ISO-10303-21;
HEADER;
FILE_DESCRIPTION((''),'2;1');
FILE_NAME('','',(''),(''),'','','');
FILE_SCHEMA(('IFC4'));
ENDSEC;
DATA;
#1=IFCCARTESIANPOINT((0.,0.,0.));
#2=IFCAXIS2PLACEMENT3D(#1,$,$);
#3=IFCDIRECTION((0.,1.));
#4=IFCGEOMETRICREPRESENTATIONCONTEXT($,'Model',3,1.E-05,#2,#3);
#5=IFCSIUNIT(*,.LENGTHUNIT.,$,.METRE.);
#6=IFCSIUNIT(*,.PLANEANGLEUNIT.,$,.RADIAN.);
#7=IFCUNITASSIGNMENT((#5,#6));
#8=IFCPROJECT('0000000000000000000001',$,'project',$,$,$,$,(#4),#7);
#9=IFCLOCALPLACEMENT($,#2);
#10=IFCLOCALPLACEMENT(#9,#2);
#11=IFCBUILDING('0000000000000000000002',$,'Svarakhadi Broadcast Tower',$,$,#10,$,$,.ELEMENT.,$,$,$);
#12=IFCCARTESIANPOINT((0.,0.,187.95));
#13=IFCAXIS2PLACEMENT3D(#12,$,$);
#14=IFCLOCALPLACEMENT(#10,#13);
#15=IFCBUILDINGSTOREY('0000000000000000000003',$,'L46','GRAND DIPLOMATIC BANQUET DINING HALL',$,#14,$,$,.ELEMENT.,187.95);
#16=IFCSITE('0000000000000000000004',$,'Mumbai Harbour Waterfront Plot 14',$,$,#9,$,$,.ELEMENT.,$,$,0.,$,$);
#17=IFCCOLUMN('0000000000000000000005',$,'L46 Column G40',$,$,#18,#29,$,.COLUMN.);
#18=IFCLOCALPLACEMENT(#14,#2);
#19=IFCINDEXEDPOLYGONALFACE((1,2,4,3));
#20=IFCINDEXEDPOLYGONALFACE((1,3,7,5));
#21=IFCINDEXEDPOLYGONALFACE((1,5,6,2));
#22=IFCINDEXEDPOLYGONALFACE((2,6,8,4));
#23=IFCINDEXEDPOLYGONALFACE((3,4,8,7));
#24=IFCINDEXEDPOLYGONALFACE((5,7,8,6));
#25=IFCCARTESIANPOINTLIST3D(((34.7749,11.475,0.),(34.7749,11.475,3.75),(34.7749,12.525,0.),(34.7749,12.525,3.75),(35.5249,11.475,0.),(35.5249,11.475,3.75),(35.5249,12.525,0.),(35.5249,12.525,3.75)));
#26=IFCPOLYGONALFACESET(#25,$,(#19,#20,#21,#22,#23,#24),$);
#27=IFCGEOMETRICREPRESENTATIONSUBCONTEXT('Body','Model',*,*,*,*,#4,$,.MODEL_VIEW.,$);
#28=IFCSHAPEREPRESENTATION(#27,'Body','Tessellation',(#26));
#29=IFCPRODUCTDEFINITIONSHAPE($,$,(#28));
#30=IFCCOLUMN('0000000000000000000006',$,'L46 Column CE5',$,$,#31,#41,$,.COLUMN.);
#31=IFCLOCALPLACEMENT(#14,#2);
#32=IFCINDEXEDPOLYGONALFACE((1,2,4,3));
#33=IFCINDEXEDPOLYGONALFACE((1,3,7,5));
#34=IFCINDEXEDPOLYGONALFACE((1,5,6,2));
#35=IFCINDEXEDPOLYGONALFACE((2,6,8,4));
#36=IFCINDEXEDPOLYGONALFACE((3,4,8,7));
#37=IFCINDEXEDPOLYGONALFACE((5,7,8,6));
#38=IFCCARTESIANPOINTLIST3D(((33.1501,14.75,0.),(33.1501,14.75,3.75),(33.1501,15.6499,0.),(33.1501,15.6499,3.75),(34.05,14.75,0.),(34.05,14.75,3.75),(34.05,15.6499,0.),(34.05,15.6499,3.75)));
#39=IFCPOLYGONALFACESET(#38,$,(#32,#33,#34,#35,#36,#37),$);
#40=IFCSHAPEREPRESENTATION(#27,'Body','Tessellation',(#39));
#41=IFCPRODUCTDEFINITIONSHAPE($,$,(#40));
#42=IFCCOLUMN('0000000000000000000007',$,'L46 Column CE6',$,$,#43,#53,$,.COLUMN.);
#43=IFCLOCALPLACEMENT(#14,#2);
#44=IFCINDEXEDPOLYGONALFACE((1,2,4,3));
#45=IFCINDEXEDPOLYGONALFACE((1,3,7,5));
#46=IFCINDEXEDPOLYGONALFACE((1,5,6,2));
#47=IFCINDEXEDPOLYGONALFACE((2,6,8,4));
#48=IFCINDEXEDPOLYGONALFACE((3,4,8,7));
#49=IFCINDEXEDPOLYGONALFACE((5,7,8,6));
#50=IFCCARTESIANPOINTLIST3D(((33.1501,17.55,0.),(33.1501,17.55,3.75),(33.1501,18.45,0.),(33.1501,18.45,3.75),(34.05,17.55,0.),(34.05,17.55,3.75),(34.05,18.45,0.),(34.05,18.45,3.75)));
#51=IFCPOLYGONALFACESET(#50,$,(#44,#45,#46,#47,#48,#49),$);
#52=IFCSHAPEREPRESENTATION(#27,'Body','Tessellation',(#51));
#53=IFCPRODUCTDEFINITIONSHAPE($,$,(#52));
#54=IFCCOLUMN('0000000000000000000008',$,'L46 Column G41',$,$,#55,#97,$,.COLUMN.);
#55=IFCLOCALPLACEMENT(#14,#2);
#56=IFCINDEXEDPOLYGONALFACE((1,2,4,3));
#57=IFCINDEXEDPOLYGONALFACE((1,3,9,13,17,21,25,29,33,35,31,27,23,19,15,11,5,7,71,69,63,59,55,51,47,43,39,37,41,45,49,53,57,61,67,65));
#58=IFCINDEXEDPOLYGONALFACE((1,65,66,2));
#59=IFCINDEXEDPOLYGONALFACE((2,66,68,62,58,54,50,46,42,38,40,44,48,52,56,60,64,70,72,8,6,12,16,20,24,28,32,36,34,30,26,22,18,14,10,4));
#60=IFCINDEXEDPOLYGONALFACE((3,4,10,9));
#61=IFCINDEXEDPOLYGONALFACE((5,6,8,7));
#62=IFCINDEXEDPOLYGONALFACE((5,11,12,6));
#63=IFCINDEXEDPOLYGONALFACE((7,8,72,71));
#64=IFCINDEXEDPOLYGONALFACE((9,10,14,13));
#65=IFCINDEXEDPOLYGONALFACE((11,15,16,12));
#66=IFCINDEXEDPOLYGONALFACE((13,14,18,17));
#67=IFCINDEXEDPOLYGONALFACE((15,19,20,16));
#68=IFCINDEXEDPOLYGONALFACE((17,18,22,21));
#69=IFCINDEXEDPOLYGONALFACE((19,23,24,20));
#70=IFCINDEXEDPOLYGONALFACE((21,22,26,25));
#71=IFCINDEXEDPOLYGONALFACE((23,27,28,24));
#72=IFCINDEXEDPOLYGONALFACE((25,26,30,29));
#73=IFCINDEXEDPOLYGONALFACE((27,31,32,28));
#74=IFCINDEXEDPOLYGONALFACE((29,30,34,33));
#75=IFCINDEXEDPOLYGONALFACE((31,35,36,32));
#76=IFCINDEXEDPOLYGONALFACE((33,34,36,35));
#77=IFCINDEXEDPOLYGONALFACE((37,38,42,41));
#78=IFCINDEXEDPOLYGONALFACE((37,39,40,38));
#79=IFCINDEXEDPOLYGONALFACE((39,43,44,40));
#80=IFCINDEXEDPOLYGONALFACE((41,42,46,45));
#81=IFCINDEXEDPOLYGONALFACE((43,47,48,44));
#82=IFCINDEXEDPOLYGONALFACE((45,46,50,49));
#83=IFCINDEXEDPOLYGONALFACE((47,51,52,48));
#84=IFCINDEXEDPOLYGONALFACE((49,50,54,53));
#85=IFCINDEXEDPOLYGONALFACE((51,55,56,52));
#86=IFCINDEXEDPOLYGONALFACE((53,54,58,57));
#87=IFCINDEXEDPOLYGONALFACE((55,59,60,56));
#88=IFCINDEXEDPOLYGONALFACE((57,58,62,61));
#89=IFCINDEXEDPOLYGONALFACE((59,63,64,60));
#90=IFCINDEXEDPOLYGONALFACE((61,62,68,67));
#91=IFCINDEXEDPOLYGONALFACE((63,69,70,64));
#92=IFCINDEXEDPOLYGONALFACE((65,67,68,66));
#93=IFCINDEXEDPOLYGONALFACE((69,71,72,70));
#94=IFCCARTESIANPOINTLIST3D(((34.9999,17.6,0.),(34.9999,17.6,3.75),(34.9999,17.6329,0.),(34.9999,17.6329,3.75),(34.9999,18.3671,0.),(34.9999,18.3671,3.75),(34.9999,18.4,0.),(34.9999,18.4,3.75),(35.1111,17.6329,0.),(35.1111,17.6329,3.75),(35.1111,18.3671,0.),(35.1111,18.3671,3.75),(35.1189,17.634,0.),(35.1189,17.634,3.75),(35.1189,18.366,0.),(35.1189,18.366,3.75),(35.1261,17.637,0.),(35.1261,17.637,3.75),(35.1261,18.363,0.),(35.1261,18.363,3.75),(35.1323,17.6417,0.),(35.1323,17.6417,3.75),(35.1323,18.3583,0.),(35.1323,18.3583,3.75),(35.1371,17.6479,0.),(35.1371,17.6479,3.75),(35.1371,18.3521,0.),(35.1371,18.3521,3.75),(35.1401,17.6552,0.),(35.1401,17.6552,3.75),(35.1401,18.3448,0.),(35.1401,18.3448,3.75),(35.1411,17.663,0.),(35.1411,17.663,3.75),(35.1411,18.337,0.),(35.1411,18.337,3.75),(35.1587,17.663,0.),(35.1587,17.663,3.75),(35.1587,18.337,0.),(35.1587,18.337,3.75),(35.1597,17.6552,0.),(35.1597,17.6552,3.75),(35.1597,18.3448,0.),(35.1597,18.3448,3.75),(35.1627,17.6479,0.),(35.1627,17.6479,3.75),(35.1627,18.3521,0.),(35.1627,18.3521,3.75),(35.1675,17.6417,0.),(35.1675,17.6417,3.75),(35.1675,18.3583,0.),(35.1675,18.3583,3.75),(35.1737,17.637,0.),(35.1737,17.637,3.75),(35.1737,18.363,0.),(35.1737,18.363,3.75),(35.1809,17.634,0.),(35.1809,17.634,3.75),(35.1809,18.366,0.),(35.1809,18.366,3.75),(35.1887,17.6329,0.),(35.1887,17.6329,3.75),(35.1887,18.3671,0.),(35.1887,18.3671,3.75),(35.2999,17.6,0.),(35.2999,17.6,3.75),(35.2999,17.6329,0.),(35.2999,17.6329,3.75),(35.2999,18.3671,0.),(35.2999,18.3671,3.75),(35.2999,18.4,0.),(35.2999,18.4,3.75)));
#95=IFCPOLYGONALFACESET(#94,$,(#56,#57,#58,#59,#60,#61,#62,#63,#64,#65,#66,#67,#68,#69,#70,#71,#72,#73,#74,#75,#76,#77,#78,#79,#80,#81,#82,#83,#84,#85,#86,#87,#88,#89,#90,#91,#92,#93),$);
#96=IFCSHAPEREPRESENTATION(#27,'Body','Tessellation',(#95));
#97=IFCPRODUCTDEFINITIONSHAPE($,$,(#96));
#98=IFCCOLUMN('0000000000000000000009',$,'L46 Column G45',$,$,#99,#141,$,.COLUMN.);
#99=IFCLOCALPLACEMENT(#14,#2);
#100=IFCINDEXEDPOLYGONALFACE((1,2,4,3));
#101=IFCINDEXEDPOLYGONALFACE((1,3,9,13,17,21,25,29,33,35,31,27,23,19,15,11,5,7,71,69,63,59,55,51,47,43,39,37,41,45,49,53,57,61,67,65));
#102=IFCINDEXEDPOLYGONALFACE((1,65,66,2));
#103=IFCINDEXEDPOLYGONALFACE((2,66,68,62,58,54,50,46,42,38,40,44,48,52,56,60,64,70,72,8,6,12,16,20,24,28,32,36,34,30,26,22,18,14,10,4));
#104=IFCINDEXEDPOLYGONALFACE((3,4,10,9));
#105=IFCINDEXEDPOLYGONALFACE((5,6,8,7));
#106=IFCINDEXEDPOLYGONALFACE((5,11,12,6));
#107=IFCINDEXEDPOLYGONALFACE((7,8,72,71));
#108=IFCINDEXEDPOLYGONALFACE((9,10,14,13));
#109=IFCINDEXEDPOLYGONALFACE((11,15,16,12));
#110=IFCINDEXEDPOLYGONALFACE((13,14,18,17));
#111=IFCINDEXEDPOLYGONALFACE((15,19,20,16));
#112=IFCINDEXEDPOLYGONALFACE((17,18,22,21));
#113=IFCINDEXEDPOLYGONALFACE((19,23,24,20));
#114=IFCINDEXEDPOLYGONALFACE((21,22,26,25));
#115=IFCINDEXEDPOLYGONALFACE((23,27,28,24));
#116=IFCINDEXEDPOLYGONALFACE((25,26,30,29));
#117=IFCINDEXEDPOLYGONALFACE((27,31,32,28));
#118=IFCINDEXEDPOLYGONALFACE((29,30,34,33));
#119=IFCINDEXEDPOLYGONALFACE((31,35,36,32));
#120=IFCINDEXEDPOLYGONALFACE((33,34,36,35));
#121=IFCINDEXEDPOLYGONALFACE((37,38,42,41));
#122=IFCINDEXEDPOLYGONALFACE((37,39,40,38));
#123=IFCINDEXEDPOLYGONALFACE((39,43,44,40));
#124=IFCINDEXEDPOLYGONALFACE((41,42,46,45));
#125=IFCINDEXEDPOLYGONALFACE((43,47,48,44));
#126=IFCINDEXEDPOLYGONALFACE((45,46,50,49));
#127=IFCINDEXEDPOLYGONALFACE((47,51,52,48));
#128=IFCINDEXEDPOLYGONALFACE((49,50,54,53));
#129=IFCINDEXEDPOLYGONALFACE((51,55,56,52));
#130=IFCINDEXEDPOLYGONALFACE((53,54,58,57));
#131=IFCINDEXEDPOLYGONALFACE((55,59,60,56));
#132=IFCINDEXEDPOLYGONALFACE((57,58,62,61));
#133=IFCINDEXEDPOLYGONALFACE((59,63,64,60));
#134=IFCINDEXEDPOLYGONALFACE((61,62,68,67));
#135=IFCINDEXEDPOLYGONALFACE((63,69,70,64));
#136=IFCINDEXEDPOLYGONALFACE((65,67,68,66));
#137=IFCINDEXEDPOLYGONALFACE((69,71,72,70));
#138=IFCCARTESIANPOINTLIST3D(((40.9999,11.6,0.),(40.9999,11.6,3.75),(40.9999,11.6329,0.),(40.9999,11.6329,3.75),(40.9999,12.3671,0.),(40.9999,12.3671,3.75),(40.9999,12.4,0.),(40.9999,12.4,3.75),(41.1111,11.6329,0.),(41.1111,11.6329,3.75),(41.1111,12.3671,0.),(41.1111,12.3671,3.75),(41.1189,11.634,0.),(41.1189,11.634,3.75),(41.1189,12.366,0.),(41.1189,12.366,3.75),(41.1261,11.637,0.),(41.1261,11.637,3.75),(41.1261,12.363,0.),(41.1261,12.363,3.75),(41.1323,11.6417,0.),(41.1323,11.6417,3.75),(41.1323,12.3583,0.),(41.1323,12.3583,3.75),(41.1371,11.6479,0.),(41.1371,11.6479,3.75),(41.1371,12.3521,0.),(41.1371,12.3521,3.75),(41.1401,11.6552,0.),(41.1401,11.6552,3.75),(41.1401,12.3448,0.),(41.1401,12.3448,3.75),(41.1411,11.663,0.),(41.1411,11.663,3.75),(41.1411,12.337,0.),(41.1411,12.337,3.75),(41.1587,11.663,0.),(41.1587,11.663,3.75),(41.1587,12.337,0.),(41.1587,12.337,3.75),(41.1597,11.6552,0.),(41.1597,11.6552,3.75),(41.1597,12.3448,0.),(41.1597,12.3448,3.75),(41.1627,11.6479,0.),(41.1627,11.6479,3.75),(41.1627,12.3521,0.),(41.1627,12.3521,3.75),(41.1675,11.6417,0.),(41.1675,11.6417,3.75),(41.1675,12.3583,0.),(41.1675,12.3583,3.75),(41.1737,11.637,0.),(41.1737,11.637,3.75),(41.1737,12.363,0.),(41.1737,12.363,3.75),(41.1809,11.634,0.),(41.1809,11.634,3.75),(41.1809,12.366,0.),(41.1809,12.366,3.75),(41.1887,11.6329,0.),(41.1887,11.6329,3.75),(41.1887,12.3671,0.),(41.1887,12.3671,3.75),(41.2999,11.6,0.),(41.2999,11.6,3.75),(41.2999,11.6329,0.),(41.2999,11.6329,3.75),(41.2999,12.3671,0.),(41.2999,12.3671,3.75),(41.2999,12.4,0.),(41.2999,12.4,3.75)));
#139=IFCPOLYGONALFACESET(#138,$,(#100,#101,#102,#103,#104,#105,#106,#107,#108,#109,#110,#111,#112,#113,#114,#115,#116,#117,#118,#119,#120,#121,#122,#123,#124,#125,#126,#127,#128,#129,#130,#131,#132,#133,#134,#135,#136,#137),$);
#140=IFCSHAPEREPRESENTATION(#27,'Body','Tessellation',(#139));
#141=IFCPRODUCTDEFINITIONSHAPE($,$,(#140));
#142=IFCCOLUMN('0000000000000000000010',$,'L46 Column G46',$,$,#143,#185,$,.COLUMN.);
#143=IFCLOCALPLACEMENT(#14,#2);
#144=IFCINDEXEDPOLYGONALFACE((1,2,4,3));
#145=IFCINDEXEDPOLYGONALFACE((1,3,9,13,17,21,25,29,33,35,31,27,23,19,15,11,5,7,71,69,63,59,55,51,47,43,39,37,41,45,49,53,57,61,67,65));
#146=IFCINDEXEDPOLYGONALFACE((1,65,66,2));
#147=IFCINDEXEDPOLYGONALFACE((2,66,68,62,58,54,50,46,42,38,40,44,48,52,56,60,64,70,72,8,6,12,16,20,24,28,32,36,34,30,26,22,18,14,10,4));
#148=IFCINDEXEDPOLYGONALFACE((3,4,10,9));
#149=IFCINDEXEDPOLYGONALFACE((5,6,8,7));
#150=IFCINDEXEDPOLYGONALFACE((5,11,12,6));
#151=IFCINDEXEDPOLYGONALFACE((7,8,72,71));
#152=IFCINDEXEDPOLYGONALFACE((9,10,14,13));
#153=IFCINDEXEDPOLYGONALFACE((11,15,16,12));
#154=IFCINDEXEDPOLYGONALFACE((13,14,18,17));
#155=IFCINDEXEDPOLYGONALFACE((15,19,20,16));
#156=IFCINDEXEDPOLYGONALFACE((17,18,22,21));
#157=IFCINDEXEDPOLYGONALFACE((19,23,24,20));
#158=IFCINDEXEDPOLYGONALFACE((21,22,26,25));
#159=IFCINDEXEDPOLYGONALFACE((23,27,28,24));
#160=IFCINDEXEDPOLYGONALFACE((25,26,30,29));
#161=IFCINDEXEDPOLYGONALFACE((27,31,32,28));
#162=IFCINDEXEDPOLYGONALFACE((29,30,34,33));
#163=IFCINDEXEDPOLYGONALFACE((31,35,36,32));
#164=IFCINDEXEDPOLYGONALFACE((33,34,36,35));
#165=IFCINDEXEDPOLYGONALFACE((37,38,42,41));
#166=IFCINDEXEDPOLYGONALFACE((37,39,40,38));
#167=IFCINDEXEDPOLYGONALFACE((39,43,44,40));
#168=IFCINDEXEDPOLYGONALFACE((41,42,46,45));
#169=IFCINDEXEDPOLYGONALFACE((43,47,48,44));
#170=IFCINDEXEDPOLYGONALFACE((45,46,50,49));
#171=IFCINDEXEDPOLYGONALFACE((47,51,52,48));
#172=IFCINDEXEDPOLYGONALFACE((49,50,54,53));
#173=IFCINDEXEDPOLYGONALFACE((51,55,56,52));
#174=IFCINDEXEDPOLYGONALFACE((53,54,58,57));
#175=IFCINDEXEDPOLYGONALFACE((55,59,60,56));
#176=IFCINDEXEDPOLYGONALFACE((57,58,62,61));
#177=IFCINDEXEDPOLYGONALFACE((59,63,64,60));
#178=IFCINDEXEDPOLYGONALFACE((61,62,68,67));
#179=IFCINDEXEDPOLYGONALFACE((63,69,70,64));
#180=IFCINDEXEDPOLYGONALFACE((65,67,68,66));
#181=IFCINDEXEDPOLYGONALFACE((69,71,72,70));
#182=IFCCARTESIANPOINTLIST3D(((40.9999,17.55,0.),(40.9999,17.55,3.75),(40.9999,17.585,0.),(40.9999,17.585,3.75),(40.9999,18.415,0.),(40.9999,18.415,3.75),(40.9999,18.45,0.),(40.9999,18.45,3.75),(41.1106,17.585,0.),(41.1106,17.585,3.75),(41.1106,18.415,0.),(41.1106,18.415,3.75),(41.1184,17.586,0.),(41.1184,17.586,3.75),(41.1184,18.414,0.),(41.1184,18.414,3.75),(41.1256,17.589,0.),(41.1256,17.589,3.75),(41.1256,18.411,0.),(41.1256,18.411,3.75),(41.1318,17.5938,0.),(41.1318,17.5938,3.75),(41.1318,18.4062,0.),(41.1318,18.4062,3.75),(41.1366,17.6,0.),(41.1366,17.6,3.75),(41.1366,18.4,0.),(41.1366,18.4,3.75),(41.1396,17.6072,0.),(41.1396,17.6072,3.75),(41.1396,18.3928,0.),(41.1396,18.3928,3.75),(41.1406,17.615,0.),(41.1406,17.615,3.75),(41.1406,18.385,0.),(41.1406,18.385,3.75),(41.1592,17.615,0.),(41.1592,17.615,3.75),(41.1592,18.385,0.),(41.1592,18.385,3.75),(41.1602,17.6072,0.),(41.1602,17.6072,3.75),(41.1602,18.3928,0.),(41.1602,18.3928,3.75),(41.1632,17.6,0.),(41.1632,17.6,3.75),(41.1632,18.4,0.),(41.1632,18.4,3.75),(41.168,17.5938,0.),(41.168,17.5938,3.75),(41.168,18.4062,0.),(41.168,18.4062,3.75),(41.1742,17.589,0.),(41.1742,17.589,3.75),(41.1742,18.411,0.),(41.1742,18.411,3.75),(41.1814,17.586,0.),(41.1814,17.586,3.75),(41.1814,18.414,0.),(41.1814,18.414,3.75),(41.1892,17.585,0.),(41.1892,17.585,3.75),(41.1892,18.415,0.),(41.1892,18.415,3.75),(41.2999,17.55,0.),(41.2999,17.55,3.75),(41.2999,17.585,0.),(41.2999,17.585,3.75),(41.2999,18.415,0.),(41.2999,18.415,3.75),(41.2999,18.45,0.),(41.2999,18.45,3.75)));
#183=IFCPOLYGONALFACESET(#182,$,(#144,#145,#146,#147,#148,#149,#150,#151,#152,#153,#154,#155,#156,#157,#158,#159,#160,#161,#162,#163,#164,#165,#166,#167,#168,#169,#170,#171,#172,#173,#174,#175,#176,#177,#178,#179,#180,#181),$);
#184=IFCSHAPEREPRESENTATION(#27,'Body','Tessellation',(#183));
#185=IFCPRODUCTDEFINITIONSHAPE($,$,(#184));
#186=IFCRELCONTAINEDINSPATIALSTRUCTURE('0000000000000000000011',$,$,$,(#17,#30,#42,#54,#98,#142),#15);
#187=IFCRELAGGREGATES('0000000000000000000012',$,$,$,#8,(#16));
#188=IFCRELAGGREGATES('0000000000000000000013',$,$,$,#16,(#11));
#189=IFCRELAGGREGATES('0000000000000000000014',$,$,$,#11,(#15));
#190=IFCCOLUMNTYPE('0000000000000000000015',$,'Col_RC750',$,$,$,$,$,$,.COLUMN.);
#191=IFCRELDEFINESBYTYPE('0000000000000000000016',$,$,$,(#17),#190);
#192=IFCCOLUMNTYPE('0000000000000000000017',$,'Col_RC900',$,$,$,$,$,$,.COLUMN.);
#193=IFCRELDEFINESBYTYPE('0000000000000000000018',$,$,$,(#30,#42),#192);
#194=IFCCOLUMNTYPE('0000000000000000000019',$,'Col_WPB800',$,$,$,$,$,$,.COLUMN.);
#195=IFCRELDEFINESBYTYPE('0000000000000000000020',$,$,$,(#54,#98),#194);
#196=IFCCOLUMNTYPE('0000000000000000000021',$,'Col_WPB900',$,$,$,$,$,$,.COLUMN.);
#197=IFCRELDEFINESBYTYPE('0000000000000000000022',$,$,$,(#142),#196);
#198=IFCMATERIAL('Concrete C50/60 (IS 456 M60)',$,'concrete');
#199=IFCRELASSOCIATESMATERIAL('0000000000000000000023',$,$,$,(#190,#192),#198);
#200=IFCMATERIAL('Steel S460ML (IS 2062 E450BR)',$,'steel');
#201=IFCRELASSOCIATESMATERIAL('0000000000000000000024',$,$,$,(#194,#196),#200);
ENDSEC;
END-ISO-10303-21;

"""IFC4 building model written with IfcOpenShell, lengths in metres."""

from ifc_helpers import new_model, si_unit, direction, frame, origin, origin_2d, place, context, subcontext, project, spatial, rectangle, i_section, extrude, material, material_profile, profile_set, type_object, element, save


model = new_model("IFC4")

# Units and contexts
model_context = context("Model", 3, precision=1e-05, world=origin(), true_north=direction((0.0, 1.0)))
body_context = subcontext(model_context, "Body", "Model", "MODEL_VIEW")
ifc_project = project(units=[si_unit("LENGTHUNIT", "METRE"), si_unit("PLANEANGLEUNIT", "RADIAN")], contexts=[model_context])

# Site, building, storey
site_placement = place(None, origin())
site = spatial("IfcSite", under=ifc_project, at=site_placement, Name="Mumbai Harbour Waterfront Plot 14", CompositionType="ELEMENT", RefElevation=0.0)
building_placement = place(site_placement, origin())
building = spatial("IfcBuilding", under=site, at=building_placement, Name="Svarakhadi Broadcast Tower", CompositionType="ELEMENT")
storey_placement = place(building_placement, frame((0.0, 0.0, 187.95)))
storey = spatial("IfcBuildingStorey", under=building, at=storey_placement, Name="L46", Description="GRAND DIPLOMATIC BANQUET DINING HALL", CompositionType="ELEMENT", Elevation=187.95)

# Columns
ifc_material_1 = material(Name="Concrete C50/60 (IS 456 M60)", Category="concrete")
ifc_material_profile_1 = material_profile(ifc_material_1, rectangle(XDim=0.75, YDim=1.05, at=origin_2d()), Name="RC 750x1050")
ifc_profile_set_1 = profile_set([ifc_material_profile_1], Name="Concrete C50/60 (IS 456 M60)")
column_type_1 = type_object("IfcColumnType", Name="Col_RC750", PredefinedType="COLUMN", material=ifc_profile_set_1)
column_1_placement = place(storey_placement, frame((35.1499, 12.0, 0.0), z_axis=(0.0, 0.0, 1.0), x_axis=(1.0, 0.0, 0.0)))
element("IfcColumn", 1, at=column_1_placement, inside=storey, type_object=column_type_1, Name="L46 Column G40", PredefinedType="COLUMN", context=body_context, shape_type="SweptSolid", body=[
    extrude(rectangle(XDim=0.75, YDim=1.05, at=origin_2d()), origin(), (0.0, 0.0, 1.0), 3.75),
])
ifc_material_profile_2 = material_profile(ifc_material_1, rectangle(XDim=0.8999, YDim=0.8999, at=origin_2d()), Name="RC 900x900")
ifc_profile_set_2 = profile_set([ifc_material_profile_2], Name="Concrete C50/60 (IS 456 M60)")
column_type_2 = type_object("IfcColumnType", Name="Col_RC900", PredefinedType="COLUMN", material=ifc_profile_set_2)
for number, where, z_axis, x_axis, name in (
    (2, (33.6001, 15.2, 0.0), (0.0, 0.0, 1.0), (1.0, 0.0, 0.0), "L46 Column CE5"),
    (3, (33.6001, 18.0, 0.0), (0.0, 0.0, 1.0), (1.0, 0.0, 0.0), "L46 Column CE6"),
):
    element("IfcColumn", number, at=place(storey_placement, frame(where, z_axis=z_axis, x_axis=x_axis)), inside=storey, type_object=column_type_2, Name=name, PredefinedType="COLUMN", context=body_context, shape_type="SweptSolid", body=[
        extrude(rectangle(XDim=0.8999, YDim=0.8999, at=origin_2d()), origin(), (0.0, 0.0, 1.0), 3.75),
    ])
ifc_material_2 = material(Name="Steel S460ML (IS 2062 E450BR)", Category="steel")
ifc_material_profile_3 = material_profile(ifc_material_2, i_section(OverallWidth=0.3, OverallDepth=0.8, WebThickness=0.0176, FlangeThickness=0.033, FilletRadius=0.03, at=origin_2d()), Name="WPB 800x300x262")
ifc_profile_set_3 = profile_set([ifc_material_profile_3], Name="Steel S460ML (IS 2062 E450BR)")
column_type_3 = type_object("IfcColumnType", Name="Col_WPB800", PredefinedType="COLUMN", material=ifc_profile_set_3)
for number, where, z_axis, x_axis, name in (
    (4, (35.1499, 18.0, 0.0), (0.0, 0.0, 1.0), (1.0, 0.0, 0.0), "L46 Column G41"),
    (5, (41.1499, 12.0, 0.0), (0.0, 0.0, 1.0), (1.0, 0.0, 0.0), "L46 Column G45"),
):
    element("IfcColumn", number, at=place(storey_placement, frame(where, z_axis=z_axis, x_axis=x_axis)), inside=storey, type_object=column_type_3, Name=name, PredefinedType="COLUMN", context=body_context, shape_type="SweptSolid", body=[
        extrude(i_section(OverallWidth=0.3, OverallDepth=0.8, WebThickness=0.0176, FlangeThickness=0.033, FilletRadius=0.03, at=origin_2d()), origin(), (0.0, 0.0, 1.0), 3.75),
    ])
ifc_material_profile_4 = material_profile(ifc_material_2, i_section(OverallWidth=0.3, OverallDepth=0.8999, WebThickness=0.0186, FlangeThickness=0.0349, FilletRadius=0.03, at=origin_2d()), Name="WPB 900x300x291")
ifc_profile_set_4 = profile_set([ifc_material_profile_4], Name="Steel S460ML (IS 2062 E450BR)")
column_type_4 = type_object("IfcColumnType", Name="Col_WPB900", PredefinedType="COLUMN", material=ifc_profile_set_4)
column_2_placement = place(storey_placement, frame((41.1499, 18.0, 0.0), z_axis=(0.0, 0.0, 1.0), x_axis=(1.0, 0.0, 0.0)))
element("IfcColumn", 6, at=column_2_placement, inside=storey, type_object=column_type_4, Name="L46 Column G46", PredefinedType="COLUMN", context=body_context, shape_type="SweptSolid", body=[
    extrude(i_section(OverallWidth=0.3, OverallDepth=0.8999, WebThickness=0.0186, FlangeThickness=0.0349, FilletRadius=0.03, at=origin_2d()), origin(), (0.0, 0.0, 1.0), 3.75),
])

save(model, "model.ifc")
